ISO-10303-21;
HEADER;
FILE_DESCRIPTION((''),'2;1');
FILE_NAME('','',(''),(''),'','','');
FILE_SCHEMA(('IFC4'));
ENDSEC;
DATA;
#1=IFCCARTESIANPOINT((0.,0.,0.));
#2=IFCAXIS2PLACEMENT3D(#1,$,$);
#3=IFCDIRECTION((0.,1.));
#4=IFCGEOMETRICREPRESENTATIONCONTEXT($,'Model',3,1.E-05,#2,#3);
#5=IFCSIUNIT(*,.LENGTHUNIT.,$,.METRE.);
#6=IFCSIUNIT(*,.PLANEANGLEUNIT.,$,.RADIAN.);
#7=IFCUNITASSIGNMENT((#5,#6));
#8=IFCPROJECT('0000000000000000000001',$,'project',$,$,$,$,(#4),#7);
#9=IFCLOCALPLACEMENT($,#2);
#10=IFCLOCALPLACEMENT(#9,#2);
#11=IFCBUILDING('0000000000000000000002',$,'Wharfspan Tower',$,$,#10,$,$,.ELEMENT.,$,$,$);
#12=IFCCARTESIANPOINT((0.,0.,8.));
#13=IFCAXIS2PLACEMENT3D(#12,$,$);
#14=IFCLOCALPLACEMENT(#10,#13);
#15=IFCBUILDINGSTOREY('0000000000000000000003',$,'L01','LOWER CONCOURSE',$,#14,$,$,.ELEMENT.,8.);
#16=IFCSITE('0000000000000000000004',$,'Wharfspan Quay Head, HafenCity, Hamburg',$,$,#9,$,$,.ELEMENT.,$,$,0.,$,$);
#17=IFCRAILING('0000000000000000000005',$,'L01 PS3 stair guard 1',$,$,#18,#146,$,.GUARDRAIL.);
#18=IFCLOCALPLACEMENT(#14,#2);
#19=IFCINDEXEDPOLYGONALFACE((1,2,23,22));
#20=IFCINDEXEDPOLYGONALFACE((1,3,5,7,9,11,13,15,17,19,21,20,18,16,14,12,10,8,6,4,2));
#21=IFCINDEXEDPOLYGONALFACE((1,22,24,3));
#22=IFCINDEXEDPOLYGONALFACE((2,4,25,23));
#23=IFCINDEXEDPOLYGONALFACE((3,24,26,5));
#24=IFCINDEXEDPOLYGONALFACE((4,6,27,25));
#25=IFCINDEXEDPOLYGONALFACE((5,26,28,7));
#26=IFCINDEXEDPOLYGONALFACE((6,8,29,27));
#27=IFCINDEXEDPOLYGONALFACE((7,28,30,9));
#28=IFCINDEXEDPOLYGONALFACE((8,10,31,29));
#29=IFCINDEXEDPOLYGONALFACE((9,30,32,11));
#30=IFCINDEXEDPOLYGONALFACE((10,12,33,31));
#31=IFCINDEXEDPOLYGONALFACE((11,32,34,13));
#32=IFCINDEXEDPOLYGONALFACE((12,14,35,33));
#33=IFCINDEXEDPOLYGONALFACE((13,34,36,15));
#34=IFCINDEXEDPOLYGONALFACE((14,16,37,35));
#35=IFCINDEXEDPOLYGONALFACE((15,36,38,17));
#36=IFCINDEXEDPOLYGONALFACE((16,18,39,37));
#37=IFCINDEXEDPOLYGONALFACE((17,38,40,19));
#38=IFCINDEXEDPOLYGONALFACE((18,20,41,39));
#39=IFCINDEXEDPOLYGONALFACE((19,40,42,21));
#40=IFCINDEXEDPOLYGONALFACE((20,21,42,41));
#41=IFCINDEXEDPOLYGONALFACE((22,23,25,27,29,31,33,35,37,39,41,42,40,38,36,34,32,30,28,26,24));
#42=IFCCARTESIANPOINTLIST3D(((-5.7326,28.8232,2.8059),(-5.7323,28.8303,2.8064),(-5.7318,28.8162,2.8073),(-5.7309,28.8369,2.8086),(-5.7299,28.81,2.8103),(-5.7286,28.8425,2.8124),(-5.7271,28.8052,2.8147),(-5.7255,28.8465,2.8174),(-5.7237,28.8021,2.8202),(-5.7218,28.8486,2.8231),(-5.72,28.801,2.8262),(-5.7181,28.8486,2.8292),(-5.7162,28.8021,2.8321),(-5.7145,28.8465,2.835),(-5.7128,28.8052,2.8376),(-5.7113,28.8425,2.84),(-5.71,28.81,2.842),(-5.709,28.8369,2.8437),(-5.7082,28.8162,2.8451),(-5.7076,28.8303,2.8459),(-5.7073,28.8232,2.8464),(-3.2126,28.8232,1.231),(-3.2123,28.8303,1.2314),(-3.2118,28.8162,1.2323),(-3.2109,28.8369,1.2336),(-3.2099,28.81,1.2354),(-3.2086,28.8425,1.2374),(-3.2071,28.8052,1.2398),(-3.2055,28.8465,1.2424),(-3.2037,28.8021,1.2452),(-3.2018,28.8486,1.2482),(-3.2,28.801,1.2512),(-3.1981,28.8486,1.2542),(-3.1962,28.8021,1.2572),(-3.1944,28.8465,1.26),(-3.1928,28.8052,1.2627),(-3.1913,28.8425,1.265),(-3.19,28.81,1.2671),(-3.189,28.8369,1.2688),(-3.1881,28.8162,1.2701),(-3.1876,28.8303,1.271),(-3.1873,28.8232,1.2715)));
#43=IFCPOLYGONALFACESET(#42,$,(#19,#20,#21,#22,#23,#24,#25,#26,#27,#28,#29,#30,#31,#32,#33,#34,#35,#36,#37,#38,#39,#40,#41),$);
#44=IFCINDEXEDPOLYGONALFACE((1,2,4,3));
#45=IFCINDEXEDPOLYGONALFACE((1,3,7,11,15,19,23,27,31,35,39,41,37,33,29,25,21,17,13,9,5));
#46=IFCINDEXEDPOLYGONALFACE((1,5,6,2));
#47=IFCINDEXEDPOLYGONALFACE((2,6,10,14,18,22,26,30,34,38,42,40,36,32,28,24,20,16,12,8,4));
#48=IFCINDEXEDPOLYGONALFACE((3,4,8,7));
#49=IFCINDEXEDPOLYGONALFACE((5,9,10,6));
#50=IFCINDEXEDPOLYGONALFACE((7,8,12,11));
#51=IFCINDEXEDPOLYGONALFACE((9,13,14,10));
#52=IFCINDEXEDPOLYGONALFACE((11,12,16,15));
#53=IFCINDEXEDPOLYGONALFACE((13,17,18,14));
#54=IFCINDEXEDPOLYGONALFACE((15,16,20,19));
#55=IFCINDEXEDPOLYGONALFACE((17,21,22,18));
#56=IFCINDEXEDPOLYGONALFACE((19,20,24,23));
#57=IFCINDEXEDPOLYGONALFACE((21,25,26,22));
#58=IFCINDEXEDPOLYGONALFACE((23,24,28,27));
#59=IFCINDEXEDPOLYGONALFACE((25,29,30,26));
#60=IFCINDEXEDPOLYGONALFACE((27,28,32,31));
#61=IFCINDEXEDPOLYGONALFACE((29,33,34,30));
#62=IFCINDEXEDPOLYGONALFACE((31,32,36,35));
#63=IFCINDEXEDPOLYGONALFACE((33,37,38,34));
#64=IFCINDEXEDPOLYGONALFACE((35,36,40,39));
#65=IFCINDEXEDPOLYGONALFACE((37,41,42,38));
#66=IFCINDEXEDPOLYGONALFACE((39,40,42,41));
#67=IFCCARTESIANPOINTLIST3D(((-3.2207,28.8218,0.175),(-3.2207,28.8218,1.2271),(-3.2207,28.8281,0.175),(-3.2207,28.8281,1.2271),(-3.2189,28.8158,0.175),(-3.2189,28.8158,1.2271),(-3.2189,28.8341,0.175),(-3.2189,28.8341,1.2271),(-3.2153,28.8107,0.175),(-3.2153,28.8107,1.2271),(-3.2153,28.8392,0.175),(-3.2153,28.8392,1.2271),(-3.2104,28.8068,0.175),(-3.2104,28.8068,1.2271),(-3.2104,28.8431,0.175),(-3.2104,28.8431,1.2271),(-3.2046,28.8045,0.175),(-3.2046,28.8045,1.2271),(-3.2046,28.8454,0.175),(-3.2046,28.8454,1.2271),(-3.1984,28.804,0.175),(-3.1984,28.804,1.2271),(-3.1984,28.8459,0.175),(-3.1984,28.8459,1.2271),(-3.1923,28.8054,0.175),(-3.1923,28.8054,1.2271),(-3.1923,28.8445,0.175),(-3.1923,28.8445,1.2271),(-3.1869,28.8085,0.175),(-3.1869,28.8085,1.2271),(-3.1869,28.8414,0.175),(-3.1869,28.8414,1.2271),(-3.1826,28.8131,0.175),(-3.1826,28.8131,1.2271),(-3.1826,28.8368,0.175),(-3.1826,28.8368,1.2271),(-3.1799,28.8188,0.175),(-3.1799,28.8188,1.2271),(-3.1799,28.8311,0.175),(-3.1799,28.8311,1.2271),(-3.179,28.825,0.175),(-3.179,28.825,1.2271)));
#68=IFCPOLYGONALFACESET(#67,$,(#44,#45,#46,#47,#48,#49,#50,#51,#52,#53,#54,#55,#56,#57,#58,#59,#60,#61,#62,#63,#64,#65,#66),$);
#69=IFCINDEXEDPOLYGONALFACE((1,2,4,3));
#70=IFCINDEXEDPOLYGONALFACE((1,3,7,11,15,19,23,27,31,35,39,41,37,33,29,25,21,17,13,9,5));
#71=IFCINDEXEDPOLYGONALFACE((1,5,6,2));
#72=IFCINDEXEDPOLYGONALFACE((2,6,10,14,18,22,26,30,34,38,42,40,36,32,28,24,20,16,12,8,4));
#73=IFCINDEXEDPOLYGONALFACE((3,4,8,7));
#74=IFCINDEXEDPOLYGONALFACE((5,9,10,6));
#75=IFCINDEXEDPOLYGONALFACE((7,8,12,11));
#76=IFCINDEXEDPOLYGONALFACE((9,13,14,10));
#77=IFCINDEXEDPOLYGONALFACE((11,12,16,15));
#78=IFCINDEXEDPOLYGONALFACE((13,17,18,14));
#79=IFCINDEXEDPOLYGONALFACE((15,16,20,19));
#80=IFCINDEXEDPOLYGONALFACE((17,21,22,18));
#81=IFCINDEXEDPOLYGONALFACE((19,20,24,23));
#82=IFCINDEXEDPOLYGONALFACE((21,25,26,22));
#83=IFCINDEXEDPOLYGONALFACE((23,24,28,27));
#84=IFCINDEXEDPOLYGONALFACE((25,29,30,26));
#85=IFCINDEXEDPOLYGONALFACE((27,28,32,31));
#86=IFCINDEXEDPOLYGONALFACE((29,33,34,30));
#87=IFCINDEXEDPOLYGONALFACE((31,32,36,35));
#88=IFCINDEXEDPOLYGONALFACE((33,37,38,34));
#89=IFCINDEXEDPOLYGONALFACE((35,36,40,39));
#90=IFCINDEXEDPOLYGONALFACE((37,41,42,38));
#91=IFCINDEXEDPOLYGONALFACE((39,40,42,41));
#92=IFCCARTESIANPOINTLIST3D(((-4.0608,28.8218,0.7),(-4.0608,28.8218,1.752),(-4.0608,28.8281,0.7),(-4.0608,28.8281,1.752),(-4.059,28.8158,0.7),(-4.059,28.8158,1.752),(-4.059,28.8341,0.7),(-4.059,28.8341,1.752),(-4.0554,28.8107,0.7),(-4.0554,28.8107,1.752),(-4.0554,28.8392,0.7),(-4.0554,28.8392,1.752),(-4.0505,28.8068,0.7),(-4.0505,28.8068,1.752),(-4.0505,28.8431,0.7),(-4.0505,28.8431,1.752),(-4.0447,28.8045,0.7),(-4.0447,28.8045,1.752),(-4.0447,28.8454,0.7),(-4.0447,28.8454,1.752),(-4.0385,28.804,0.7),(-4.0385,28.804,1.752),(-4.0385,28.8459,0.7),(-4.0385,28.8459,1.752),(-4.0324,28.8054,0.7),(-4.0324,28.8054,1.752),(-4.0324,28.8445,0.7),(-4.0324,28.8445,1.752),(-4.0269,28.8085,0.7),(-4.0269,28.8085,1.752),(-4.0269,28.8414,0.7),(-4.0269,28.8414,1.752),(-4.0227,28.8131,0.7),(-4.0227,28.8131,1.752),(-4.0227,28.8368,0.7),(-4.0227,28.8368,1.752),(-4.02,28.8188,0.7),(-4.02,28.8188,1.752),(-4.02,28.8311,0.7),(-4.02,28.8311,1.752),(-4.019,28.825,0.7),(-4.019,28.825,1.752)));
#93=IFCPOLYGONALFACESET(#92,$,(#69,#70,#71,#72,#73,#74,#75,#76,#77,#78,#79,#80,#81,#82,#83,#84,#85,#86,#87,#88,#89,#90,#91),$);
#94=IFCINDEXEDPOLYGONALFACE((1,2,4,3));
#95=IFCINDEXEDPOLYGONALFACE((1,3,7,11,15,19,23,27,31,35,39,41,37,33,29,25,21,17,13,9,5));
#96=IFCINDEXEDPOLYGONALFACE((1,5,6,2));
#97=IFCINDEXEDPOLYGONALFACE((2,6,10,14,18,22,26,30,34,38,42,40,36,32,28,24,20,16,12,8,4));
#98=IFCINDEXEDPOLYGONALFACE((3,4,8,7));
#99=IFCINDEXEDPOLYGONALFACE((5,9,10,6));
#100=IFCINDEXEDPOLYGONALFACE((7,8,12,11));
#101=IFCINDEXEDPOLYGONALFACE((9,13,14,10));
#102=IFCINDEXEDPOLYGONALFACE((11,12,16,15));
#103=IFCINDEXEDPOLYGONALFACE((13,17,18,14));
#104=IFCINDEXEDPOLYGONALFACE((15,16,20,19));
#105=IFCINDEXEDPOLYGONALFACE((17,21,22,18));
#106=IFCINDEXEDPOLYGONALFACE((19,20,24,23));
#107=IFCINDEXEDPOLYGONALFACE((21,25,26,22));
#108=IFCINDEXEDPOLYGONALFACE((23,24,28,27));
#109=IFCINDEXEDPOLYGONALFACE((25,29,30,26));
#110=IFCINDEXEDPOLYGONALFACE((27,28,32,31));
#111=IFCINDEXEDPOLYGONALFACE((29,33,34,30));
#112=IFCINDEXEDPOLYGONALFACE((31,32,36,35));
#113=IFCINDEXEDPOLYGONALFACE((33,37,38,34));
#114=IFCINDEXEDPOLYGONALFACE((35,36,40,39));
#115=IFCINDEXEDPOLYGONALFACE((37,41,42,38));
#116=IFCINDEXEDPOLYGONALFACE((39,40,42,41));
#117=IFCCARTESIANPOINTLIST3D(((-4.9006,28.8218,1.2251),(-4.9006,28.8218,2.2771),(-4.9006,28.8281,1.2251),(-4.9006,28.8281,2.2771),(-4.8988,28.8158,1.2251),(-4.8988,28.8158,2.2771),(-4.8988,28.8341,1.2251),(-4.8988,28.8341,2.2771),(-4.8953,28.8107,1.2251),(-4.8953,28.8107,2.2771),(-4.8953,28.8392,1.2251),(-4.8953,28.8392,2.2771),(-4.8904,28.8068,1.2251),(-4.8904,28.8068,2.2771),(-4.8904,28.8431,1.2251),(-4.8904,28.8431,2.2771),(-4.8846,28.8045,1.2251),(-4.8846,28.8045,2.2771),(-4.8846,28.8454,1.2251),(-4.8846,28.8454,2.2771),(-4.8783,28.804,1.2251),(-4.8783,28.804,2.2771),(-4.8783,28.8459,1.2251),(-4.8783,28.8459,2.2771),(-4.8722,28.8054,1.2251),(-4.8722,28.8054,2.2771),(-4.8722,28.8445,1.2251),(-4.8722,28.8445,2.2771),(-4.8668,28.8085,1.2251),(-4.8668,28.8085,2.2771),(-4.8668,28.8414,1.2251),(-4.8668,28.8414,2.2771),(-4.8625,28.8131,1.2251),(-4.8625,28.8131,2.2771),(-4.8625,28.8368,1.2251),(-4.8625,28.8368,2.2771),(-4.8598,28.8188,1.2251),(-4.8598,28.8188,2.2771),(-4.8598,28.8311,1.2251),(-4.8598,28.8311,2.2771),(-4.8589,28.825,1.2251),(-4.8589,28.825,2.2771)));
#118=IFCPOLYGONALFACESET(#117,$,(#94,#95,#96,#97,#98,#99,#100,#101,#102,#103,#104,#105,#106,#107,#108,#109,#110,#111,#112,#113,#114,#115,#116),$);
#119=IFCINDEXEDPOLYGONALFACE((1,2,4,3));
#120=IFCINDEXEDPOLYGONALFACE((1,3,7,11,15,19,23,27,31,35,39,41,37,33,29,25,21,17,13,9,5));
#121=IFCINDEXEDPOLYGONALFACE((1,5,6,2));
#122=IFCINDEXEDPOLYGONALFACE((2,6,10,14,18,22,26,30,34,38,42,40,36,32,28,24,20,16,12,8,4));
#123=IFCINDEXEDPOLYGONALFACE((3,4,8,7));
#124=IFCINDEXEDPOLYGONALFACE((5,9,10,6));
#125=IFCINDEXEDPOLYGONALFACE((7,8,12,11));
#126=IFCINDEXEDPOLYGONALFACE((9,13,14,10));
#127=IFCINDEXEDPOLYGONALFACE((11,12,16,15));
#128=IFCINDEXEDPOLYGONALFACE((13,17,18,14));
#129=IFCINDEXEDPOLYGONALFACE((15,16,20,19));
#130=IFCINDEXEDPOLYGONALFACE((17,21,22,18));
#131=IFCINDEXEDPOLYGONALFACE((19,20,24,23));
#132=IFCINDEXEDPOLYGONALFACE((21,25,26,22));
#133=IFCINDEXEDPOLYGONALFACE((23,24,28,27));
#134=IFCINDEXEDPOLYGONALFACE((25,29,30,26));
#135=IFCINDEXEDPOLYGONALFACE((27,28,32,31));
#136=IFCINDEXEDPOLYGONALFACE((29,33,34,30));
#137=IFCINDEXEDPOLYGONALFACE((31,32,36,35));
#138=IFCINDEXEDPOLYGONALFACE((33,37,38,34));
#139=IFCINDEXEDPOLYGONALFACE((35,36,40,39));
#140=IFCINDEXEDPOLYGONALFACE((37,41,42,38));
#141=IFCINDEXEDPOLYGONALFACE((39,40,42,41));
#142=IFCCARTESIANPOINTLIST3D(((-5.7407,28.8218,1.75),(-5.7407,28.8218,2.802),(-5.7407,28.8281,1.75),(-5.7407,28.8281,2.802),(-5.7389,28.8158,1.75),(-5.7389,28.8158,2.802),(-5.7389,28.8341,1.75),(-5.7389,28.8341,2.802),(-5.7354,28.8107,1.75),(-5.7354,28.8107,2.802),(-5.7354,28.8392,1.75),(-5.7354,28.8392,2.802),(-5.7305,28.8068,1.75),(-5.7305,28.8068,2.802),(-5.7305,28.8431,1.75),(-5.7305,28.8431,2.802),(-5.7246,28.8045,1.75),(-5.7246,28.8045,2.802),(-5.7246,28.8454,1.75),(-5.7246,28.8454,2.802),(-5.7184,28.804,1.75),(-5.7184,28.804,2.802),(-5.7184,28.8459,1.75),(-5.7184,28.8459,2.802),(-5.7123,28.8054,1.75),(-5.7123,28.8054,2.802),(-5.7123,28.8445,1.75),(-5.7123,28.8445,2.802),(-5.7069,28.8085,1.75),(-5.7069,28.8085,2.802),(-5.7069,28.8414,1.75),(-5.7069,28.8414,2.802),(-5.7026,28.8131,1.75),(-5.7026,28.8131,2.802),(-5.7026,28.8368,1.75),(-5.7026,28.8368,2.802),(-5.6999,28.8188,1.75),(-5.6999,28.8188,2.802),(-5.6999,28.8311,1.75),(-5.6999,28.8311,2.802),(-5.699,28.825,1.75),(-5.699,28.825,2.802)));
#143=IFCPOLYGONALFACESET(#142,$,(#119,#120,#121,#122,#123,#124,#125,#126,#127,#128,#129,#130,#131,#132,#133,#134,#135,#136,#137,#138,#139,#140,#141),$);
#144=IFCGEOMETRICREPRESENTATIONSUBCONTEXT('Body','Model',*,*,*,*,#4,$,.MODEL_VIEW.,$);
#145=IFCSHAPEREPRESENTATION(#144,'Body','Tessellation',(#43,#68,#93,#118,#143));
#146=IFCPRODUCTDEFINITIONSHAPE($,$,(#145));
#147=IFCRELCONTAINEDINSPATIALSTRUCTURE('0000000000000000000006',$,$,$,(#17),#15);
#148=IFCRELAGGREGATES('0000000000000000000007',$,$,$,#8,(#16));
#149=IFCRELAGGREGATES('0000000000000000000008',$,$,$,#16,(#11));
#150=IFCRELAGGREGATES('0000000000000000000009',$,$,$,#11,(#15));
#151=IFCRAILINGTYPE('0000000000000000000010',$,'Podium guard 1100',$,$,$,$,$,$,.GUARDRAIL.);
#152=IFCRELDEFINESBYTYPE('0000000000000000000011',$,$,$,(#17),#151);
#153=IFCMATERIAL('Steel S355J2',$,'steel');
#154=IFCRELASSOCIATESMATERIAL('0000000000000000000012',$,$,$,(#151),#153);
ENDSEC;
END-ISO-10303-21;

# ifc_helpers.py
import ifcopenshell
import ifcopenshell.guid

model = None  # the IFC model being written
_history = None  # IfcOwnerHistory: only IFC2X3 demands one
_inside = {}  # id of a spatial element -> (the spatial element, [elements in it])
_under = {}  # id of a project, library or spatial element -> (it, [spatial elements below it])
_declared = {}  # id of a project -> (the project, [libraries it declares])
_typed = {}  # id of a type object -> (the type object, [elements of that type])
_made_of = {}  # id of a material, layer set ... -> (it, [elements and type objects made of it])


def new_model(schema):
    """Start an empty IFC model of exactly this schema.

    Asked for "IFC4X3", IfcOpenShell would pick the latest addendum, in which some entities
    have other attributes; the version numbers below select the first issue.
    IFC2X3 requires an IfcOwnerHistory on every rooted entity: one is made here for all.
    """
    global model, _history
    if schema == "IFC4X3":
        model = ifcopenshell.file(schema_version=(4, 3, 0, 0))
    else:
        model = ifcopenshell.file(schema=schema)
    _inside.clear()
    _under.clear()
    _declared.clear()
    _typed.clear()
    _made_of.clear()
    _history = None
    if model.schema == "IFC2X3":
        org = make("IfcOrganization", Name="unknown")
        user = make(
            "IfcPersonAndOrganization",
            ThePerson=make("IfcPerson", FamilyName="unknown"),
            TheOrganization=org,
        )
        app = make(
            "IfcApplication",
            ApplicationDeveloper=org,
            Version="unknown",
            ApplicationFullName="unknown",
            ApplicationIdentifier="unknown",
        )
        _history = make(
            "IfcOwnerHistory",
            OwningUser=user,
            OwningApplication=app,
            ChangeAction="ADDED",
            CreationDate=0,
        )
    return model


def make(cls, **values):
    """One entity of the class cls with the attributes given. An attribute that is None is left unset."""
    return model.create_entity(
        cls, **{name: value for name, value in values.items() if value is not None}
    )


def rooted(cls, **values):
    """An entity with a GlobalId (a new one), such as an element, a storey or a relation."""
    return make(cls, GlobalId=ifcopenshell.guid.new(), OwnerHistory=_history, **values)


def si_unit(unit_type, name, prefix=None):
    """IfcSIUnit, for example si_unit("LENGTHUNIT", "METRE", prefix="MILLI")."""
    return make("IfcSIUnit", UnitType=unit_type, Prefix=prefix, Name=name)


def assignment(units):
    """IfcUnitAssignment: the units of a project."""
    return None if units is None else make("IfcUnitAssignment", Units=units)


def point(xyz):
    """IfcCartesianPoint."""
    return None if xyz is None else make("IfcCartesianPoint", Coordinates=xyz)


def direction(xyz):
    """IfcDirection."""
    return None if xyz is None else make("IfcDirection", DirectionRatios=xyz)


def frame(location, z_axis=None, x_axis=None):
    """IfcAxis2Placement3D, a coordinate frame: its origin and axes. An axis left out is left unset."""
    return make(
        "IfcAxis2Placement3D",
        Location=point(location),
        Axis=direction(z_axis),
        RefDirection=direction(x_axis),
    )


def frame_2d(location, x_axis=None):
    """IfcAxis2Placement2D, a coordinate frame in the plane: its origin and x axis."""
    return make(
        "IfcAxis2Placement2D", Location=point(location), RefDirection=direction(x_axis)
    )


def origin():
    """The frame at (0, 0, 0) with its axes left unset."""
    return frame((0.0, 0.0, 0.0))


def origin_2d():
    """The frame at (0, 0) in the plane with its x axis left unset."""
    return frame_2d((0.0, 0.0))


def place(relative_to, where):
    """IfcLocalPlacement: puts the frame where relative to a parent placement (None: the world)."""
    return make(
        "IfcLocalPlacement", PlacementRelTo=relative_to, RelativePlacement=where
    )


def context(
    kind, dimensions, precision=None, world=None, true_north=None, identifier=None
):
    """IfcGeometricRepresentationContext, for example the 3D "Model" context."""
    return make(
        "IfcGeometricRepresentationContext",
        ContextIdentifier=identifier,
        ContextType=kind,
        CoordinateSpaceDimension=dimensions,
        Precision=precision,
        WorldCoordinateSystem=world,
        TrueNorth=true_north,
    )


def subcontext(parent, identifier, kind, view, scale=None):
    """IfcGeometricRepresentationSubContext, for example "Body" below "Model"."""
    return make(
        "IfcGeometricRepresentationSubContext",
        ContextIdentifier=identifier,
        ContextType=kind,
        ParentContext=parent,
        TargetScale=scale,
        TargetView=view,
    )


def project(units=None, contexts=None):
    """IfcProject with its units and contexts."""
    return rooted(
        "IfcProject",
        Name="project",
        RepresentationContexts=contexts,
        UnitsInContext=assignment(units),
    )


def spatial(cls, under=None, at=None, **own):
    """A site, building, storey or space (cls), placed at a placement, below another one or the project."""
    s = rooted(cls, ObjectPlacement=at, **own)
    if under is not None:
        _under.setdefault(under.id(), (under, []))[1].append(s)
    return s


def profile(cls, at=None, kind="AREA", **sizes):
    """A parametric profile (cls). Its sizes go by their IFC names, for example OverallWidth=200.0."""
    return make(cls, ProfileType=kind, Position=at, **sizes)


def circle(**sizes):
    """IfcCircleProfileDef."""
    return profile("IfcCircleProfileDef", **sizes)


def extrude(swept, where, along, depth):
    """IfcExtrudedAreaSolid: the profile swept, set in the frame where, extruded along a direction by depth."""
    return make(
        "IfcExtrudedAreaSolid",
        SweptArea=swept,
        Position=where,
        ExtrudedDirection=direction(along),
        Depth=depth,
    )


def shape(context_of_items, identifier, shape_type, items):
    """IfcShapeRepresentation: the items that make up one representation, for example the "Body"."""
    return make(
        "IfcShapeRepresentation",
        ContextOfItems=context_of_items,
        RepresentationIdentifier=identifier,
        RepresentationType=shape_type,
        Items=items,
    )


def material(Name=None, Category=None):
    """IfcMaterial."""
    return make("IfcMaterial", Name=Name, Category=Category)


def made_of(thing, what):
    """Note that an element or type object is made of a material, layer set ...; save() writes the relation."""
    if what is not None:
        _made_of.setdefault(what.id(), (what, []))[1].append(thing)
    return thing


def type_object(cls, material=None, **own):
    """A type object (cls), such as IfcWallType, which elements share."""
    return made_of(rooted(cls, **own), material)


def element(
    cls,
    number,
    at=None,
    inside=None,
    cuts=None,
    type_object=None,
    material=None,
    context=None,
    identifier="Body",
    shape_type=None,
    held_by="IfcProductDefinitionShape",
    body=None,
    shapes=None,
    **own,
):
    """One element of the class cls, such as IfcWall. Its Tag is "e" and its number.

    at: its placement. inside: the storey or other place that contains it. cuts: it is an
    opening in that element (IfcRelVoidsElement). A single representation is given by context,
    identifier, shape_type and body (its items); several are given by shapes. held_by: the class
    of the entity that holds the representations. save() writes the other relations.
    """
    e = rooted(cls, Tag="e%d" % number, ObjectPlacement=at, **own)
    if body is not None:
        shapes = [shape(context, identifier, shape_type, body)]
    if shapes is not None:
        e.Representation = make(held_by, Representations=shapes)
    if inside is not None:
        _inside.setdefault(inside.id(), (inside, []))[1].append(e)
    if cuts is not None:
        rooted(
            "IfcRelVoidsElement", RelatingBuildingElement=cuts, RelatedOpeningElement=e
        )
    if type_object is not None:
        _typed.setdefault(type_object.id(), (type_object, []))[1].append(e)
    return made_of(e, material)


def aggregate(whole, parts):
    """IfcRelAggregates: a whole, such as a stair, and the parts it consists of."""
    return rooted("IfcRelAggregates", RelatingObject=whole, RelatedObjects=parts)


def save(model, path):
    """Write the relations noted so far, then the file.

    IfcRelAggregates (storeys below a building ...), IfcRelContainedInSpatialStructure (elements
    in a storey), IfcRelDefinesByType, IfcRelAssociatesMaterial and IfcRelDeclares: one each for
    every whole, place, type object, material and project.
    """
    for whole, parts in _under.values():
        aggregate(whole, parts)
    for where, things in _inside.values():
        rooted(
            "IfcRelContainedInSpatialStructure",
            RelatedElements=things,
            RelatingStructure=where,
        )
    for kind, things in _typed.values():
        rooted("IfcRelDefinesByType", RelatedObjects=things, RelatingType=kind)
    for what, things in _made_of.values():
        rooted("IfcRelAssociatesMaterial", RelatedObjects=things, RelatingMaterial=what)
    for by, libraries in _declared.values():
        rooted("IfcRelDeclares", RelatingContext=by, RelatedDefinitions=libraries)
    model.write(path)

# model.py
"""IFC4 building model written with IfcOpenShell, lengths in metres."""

from ifc_helpers import new_model, si_unit, direction, frame, origin, origin_2d, place, context, subcontext, project, spatial, circle, extrude, material, type_object, element, save


model = new_model("IFC4")

# Units and contexts
model_context = context("Model", 3, precision=1e-05, world=origin(), true_north=direction((0.0, 1.0)))
body_context = subcontext(model_context, "Body", "Model", "MODEL_VIEW")
ifc_project = project(units=[si_unit("LENGTHUNIT", "METRE"), si_unit("PLANEANGLEUNIT", "RADIAN")], contexts=[model_context])

# Site, building, storey
site_placement = place(None, origin())
site = spatial("IfcSite", under=ifc_project, at=site_placement, Name="Wharfspan Quay Head, HafenCity, Hamburg", CompositionType="ELEMENT", RefElevation=0.0)
building_placement = place(site_placement, origin())
building = spatial("IfcBuilding", under=site, at=building_placement, Name="Wharfspan Tower", CompositionType="ELEMENT")
storey_placement = place(building_placement, frame((0.0, 0.0, 8.0)))
storey = spatial("IfcBuildingStorey", under=building, at=storey_placement, Name="L01", Description="LOWER CONCOURSE", CompositionType="ELEMENT", Elevation=8.0)

# Railing
ifc_material_1 = material(Name="Steel S355J2", Category="steel")
railing_type_1 = type_object("IfcRailingType", Name="Podium guard 1100", PredefinedType="GUARDRAIL", material=ifc_material_1)
railing_1_placement = place(storey_placement, frame((-3.2, 28.825, 0.175)))
element("IfcRailing", 1, at=railing_1_placement, inside=storey, type_object=railing_type_1, Name="L01 PS3 stair guard 1", PredefinedType="GUARDRAIL", context=body_context, shape_type="SweptSolid", body=[
    extrude(circle(Radius=0.0239, at=origin_2d()), frame((0.0, 0.0, 1.0762), z_axis=(-0.848008, 0.0, 0.529984), x_axis=(0.0, -1.0, 0.0)), (0.0, 0.0, 1.0), 2.9717),
    extrude(circle(Radius=0.021, at=origin_2d()), origin(), (0.0, 0.0, 1.0), 1.052),
    extrude(circle(Radius=0.021, at=origin_2d()), frame((-0.8401, 0.0, 0.5249)), (0.0, 0.0, 1.0), 1.052),
    extrude(circle(Radius=0.021, at=origin_2d()), frame((-1.6799, 0.0, 1.05)), (0.0, 0.0, 1.0), 1.052),
    extrude(circle(Radius=0.021, at=origin_2d()), frame((-2.52, 0.0, 1.575)), (0.0, 0.0, 1.0), 1.052),
])

save(model, "model.ifc")
